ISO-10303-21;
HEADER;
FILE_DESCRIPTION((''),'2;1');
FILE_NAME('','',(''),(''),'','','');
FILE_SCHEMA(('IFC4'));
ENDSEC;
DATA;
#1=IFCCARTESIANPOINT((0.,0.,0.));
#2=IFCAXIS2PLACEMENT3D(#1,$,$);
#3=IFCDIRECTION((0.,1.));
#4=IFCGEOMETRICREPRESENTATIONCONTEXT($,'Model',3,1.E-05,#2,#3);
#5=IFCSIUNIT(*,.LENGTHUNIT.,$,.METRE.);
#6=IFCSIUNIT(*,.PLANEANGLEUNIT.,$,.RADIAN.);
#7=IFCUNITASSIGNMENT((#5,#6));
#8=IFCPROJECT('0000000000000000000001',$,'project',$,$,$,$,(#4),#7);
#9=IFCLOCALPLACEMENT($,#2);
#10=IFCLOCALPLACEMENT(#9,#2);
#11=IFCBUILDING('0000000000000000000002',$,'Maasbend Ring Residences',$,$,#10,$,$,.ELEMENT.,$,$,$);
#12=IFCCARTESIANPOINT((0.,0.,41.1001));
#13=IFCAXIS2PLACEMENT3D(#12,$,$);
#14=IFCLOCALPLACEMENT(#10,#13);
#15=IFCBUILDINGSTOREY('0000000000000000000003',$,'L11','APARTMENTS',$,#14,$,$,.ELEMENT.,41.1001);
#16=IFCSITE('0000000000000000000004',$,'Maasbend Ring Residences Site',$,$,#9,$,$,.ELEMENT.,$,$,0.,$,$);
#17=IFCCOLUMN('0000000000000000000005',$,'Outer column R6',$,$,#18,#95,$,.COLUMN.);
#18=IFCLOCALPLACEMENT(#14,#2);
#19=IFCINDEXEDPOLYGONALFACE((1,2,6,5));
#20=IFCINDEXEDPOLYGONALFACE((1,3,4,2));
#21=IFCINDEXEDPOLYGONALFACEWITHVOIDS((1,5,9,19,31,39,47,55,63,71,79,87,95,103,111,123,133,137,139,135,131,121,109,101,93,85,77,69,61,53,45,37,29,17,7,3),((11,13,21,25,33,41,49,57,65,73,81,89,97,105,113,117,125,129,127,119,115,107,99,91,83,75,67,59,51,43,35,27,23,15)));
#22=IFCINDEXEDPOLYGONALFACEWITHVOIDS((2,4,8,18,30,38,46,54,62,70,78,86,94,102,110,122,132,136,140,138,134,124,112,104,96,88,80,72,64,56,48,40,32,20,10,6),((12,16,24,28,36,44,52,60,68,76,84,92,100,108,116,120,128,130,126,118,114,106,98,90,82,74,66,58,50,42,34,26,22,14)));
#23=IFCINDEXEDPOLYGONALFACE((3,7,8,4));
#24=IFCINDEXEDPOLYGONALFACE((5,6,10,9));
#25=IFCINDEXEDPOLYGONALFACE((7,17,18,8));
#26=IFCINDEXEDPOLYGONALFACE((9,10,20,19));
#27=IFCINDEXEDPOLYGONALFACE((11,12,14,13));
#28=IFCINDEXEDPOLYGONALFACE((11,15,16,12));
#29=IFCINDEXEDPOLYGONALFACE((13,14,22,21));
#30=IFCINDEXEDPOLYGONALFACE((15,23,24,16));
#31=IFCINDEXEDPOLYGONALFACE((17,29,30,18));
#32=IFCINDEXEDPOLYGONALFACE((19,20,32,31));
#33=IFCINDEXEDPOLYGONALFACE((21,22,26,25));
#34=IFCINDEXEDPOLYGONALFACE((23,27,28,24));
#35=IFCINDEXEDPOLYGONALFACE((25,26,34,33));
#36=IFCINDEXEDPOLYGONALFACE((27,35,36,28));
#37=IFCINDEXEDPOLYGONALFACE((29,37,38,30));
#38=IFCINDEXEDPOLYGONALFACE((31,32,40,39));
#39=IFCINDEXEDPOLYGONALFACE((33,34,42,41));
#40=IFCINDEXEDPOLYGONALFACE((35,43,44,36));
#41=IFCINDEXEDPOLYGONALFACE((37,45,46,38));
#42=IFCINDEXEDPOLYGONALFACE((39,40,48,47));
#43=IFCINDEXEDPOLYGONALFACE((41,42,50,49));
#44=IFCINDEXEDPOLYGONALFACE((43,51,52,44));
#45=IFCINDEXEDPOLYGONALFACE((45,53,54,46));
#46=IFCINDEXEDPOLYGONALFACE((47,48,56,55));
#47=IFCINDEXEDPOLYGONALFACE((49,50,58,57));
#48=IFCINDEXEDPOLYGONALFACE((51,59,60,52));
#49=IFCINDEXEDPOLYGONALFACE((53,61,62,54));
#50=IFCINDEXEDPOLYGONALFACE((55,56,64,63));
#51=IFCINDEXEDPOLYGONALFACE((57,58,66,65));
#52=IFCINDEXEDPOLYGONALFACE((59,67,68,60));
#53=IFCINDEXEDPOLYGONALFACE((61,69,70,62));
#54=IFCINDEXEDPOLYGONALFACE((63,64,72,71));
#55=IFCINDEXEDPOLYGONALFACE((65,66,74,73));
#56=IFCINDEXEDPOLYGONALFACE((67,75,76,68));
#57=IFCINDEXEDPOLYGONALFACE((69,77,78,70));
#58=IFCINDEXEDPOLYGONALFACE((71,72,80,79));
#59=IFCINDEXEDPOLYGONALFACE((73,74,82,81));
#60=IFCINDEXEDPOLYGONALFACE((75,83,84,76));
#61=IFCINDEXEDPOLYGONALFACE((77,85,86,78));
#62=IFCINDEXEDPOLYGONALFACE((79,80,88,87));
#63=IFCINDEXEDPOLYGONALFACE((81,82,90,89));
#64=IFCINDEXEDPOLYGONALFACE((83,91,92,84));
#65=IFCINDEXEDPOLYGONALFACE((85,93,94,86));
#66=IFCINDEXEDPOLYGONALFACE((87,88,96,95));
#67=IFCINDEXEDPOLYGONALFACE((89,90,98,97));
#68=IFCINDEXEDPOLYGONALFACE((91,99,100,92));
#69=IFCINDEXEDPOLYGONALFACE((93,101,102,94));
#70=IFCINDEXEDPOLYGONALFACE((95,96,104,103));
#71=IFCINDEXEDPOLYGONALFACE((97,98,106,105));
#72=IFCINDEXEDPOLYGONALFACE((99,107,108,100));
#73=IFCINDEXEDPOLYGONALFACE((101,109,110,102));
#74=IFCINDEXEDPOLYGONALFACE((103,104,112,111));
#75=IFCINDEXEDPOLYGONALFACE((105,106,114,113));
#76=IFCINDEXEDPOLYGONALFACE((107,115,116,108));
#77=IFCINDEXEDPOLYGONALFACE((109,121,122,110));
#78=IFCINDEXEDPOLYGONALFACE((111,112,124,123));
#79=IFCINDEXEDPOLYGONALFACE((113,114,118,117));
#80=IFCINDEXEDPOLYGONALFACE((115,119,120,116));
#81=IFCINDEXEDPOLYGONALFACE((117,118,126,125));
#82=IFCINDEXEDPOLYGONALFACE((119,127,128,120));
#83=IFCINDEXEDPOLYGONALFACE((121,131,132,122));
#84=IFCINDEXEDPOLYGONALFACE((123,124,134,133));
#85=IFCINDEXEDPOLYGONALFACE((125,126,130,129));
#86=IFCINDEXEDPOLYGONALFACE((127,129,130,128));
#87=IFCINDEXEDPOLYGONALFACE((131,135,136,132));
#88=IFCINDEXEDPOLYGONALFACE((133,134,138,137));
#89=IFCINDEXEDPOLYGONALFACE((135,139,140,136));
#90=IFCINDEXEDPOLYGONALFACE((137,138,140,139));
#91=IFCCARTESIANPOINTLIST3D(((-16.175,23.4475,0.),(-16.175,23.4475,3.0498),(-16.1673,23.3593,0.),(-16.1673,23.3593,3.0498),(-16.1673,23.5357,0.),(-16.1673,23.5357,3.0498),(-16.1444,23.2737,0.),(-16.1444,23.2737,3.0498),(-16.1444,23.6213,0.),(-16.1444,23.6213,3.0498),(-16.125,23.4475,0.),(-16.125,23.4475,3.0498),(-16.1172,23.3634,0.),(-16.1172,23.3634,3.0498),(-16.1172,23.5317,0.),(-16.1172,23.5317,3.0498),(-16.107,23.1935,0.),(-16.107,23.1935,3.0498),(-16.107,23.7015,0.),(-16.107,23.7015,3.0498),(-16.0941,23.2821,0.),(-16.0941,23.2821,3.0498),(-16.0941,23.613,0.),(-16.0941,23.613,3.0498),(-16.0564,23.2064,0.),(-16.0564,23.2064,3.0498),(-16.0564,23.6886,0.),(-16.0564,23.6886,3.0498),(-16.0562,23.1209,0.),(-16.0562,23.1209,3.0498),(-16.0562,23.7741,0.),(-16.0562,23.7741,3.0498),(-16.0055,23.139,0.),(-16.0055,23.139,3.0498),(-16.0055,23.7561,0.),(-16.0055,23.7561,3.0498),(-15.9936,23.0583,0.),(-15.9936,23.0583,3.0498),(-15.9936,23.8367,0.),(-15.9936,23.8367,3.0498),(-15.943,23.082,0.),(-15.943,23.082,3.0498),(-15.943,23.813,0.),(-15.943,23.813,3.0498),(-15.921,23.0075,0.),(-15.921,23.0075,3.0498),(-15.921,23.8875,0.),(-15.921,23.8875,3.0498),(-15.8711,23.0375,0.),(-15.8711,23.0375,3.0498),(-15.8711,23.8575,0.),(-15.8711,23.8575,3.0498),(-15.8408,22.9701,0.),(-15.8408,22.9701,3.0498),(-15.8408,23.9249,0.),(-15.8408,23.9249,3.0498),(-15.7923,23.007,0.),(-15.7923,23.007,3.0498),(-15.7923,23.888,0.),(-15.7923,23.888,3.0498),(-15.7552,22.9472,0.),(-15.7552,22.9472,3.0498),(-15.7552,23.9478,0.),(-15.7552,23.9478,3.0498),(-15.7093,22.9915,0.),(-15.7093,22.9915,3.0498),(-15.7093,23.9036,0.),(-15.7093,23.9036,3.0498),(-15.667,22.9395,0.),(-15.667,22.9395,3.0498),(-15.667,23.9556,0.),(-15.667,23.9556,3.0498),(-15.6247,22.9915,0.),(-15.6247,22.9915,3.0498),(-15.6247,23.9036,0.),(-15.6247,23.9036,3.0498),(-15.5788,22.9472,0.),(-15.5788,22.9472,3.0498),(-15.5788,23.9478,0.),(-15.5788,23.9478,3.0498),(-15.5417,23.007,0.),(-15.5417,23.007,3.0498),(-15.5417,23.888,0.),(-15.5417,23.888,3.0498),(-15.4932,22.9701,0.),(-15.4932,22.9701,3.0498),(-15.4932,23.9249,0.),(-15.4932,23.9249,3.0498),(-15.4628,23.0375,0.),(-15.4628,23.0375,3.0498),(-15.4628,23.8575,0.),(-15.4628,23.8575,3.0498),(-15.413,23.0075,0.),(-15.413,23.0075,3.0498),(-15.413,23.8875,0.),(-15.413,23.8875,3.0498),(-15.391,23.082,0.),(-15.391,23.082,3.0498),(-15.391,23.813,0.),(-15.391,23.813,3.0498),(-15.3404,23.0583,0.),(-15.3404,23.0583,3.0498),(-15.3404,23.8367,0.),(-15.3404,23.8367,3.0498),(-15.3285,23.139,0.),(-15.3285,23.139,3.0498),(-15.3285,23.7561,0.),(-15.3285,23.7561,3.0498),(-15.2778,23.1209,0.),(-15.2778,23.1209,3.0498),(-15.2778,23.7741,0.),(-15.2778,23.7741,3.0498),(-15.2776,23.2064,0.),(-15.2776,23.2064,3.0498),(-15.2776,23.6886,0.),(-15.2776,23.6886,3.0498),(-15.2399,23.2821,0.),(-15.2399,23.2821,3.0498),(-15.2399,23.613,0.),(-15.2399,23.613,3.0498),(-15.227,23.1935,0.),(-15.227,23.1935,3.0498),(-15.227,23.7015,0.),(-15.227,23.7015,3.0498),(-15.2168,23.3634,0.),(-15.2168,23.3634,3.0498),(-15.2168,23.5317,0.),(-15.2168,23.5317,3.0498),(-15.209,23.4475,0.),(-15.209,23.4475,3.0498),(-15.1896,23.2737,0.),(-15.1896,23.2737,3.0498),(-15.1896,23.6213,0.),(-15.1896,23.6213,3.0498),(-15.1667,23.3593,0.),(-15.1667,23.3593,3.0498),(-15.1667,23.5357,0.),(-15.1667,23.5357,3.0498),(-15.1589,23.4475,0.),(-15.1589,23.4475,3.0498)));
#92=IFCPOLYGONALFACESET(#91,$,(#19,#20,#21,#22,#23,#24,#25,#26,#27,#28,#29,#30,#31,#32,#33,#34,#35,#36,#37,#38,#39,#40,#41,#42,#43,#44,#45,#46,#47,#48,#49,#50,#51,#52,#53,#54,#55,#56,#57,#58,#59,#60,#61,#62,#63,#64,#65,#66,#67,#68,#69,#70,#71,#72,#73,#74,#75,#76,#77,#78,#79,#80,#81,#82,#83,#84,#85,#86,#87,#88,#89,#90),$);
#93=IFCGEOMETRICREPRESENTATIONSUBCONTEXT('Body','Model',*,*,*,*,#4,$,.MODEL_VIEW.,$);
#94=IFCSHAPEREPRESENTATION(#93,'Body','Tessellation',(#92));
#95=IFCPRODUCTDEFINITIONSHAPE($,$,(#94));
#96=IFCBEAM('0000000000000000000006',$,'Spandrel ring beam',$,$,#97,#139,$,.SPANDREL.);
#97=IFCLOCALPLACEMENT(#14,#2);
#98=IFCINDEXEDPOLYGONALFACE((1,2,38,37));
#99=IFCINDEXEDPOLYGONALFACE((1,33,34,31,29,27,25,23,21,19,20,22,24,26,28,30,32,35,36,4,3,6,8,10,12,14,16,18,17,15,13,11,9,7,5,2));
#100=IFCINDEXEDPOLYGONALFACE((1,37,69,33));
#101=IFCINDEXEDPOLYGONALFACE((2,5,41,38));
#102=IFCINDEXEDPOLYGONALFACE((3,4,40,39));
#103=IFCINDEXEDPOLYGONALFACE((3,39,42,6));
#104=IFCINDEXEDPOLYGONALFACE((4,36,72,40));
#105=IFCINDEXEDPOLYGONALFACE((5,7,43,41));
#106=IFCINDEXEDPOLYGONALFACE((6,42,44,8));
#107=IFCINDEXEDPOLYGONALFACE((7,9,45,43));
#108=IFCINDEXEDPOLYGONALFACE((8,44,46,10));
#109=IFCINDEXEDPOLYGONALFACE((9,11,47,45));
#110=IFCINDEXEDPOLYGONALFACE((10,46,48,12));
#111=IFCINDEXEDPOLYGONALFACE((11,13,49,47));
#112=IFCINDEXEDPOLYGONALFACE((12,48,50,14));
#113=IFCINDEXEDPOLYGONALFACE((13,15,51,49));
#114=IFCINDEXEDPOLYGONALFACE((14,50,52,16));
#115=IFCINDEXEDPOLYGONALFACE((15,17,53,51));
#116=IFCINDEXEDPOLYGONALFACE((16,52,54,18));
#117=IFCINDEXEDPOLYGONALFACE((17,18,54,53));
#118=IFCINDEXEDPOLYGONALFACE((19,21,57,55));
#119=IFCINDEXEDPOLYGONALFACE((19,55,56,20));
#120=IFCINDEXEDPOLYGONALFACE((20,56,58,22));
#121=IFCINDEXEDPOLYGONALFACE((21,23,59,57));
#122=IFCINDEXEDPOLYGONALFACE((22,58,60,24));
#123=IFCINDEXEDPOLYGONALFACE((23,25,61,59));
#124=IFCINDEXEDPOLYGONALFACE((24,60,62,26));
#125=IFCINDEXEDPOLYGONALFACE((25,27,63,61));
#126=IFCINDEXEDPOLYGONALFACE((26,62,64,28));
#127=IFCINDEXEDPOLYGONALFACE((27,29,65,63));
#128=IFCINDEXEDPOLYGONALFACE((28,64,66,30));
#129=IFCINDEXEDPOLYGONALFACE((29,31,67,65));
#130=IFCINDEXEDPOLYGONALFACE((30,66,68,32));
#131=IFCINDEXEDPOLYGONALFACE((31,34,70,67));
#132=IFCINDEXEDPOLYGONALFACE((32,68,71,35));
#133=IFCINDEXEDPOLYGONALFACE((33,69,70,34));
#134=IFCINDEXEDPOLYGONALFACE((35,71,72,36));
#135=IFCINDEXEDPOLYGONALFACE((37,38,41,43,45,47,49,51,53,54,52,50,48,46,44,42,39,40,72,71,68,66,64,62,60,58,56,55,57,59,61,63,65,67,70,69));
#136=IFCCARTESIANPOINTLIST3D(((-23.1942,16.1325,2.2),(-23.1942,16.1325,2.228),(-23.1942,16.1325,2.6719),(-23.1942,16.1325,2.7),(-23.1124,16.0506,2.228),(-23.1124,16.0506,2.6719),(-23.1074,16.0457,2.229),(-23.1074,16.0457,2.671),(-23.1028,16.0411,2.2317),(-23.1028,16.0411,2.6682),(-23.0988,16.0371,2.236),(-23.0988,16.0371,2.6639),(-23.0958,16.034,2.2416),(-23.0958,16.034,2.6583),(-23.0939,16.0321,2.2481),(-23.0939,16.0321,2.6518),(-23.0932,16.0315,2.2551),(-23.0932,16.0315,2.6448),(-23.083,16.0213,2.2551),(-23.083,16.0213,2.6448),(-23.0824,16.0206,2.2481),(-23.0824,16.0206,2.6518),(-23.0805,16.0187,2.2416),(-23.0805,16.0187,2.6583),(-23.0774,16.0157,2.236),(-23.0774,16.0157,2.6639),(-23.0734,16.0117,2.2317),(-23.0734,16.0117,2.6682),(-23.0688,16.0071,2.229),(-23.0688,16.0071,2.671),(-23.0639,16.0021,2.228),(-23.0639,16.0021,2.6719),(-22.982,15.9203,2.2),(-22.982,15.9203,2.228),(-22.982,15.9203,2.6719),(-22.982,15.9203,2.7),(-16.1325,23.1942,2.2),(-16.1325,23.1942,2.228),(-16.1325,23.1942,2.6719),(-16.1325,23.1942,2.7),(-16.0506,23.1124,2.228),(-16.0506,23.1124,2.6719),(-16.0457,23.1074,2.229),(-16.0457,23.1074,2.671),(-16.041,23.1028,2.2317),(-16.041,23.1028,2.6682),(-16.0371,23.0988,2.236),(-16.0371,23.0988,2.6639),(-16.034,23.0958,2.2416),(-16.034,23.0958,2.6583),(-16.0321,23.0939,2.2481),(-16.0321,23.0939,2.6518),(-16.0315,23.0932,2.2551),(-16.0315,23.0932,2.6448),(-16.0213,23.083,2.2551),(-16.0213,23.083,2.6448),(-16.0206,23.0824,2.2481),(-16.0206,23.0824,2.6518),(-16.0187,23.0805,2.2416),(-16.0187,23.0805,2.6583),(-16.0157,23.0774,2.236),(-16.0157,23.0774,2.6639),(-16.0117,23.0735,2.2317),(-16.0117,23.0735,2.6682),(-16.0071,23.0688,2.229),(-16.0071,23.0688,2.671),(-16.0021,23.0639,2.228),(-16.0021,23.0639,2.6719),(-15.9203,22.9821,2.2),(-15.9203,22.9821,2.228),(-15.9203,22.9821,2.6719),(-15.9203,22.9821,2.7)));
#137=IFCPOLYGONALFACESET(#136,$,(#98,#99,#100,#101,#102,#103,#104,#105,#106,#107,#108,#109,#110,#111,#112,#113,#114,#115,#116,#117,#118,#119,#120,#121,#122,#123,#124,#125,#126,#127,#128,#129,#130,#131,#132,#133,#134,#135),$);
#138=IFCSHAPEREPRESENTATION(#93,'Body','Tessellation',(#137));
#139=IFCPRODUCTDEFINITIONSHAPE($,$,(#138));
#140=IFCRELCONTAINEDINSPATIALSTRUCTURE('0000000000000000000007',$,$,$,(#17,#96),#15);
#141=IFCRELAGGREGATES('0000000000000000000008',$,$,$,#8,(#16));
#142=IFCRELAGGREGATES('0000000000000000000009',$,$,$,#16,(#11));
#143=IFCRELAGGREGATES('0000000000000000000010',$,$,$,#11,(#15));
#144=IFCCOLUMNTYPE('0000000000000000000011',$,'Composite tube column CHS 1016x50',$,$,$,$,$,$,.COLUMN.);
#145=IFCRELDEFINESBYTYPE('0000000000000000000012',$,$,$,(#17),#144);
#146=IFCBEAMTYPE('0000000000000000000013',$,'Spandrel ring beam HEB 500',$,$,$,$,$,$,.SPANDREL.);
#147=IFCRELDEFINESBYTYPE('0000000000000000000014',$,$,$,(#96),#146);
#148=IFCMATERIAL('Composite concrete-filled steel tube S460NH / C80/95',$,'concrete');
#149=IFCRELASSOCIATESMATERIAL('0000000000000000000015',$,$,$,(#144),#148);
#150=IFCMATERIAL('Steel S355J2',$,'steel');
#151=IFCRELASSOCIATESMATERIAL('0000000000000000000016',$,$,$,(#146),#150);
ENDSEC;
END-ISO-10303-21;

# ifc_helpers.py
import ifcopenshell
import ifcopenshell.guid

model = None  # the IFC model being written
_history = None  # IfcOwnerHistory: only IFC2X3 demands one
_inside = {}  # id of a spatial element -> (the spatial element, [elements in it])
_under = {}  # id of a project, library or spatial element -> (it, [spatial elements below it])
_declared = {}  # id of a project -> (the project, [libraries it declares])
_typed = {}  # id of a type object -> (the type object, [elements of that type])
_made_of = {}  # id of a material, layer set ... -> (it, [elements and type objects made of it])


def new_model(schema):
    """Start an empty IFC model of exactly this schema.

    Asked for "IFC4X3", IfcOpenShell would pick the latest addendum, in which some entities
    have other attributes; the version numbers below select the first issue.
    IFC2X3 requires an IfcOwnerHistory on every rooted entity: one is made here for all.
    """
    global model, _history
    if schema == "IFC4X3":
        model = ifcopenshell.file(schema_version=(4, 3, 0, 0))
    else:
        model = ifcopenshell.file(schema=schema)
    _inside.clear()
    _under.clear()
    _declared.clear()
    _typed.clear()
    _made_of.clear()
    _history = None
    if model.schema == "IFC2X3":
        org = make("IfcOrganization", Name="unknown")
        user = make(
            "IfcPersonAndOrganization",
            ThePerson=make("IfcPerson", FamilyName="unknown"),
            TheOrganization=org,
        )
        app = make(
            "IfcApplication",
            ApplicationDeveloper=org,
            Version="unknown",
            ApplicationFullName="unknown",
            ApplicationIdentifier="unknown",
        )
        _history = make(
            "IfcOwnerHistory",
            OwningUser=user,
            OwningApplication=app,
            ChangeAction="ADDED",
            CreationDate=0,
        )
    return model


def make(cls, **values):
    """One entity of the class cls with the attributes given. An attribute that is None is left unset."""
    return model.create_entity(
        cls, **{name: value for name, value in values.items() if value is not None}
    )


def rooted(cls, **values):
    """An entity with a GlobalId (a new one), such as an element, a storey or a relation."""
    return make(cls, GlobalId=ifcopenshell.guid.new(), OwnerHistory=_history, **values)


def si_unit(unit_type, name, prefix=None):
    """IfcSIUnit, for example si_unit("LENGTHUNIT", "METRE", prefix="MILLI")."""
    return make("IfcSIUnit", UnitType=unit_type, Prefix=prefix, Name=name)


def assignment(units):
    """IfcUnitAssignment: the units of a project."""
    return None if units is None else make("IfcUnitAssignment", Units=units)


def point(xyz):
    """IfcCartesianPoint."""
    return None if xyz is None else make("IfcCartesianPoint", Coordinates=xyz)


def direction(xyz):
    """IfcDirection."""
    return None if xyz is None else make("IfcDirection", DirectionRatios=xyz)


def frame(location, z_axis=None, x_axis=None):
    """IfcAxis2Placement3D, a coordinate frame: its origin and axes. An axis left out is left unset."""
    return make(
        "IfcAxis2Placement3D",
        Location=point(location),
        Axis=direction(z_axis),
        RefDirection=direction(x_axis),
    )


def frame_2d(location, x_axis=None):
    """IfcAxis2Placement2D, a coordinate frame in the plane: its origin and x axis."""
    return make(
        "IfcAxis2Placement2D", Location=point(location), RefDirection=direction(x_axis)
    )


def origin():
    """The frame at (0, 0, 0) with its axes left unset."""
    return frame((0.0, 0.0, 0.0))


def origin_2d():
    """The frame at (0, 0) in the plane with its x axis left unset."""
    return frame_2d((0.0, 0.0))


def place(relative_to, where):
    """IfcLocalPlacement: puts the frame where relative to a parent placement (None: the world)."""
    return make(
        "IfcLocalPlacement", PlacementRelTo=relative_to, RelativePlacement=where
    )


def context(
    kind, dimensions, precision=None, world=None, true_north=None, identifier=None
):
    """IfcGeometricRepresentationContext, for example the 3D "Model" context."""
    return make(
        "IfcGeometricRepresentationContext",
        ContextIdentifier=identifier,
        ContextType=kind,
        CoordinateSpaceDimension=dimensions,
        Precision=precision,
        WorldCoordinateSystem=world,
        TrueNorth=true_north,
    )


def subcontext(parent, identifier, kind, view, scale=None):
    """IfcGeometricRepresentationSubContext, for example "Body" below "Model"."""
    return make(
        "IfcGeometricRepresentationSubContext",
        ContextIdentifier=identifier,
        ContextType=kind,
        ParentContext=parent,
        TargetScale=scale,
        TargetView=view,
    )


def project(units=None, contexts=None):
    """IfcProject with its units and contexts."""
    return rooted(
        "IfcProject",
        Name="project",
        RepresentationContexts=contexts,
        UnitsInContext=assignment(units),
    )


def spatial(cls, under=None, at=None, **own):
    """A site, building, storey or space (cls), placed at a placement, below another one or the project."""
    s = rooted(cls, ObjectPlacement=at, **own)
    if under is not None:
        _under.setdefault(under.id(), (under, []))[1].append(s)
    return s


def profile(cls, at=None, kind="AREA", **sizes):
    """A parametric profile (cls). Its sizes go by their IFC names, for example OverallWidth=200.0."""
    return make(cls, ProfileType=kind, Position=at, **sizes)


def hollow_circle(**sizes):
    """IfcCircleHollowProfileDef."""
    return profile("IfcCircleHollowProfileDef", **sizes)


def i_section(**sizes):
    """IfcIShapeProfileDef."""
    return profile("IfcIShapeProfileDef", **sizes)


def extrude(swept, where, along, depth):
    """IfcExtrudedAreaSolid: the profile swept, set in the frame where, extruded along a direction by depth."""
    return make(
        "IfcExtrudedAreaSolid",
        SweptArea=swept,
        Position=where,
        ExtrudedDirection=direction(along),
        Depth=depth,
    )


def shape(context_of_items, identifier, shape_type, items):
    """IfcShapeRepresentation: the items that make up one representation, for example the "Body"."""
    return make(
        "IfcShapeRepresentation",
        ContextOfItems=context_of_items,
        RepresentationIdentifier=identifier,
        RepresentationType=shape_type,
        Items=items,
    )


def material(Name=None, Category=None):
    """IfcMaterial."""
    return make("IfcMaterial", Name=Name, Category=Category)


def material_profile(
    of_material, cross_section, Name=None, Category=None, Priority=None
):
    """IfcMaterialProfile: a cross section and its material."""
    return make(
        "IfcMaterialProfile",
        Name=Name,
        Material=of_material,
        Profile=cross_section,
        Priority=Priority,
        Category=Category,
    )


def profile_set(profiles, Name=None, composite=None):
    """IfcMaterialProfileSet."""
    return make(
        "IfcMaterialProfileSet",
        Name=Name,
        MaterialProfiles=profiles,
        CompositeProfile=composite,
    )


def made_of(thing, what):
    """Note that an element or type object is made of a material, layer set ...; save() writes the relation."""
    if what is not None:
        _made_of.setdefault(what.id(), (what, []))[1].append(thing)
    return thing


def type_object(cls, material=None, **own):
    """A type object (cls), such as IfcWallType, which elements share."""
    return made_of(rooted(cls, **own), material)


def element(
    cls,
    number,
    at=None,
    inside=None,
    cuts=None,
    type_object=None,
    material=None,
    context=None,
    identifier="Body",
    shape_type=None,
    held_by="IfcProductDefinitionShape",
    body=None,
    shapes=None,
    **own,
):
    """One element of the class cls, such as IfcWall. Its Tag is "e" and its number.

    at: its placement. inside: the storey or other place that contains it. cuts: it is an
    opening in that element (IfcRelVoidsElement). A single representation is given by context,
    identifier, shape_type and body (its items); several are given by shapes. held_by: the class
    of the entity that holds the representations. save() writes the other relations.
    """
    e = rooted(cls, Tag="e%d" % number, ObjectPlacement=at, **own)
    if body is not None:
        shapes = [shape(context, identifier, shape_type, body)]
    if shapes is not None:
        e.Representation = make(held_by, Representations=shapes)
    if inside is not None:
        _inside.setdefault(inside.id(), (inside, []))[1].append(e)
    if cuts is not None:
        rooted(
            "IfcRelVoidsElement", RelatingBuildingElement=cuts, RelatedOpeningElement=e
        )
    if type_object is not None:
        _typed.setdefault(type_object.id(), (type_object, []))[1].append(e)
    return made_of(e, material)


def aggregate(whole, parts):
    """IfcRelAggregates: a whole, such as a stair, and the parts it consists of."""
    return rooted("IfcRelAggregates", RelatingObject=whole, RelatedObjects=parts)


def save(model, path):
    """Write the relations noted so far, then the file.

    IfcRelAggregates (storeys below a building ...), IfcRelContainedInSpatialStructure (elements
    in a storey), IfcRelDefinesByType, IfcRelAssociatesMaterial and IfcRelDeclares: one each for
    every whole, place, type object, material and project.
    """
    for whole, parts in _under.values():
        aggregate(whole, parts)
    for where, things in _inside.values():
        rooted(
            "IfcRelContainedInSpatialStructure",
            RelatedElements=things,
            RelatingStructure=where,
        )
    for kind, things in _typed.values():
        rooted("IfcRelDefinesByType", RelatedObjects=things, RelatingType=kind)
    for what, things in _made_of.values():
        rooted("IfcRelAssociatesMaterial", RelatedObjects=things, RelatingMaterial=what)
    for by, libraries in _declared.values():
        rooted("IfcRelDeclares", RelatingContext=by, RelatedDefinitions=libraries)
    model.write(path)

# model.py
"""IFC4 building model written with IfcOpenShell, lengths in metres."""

from ifc_helpers import new_model, si_unit, direction, frame, origin, origin_2d, place, context, subcontext, project, spatial, hollow_circle, i_section, extrude, material, material_profile, profile_set, type_object, element, save


model = new_model("IFC4")

# Units and contexts
model_context = context("Model", 3, precision=1e-05, world=origin(), true_north=direction((0.0, 1.0)))
body_context = subcontext(model_context, "Body", "Model", "MODEL_VIEW")
ifc_project = project(units=[si_unit("LENGTHUNIT", "METRE"), si_unit("PLANEANGLEUNIT", "RADIAN")], contexts=[model_context])

# Site, building, storey
site_placement = place(None, origin())
site = spatial("IfcSite", under=ifc_project, at=site_placement, Name="Maasbend Ring Residences Site", CompositionType="ELEMENT", RefElevation=0.0)
building_placement = place(site_placement, origin())
building = spatial("IfcBuilding", under=site, at=building_placement, Name="Maasbend Ring Residences", CompositionType="ELEMENT")
storey_placement = place(building_placement, frame((0.0, 0.0, 41.1001)))
storey = spatial("IfcBuildingStorey", under=building, at=storey_placement, Name="L11", Description="APARTMENTS", CompositionType="ELEMENT", Elevation=41.1001)

# Column
ifc_material_1 = material(Name="Composite concrete-filled steel tube S460NH / C80/95", Category="concrete")
ifc_material_profile_1 = material_profile(ifc_material_1, hollow_circle(Radius=0.5081, WallThickness=0.05, at=origin_2d()), Name="Composite tube column CHS 1016x50")
ifc_profile_set_1 = profile_set([ifc_material_profile_1], Name="Composite concrete-filled steel tube S460NH / C80/95")
column_type = type_object("IfcColumnType", Name="Composite tube column CHS 1016x50", PredefinedType="COLUMN", material=ifc_profile_set_1)
column_placement = place(storey_placement, frame((-15.667, 23.4475, 0.0), z_axis=(0.0, 0.0, 1.0), x_axis=(1.0, 0.0, 0.0)))
element("IfcColumn", 1, at=column_placement, inside=storey, type_object=column_type, Name="Outer column R6", PredefinedType="COLUMN", context=body_context, shape_type="SweptSolid", body=[
    extrude(hollow_circle(Radius=0.5081, WallThickness=0.05, at=origin_2d()), origin(), (0.0, 0.0, 1.0), 3.0498),
])

# Beam
ifc_material_2 = material(Name="Steel S355J2", Category="steel")
ifc_material_profile_2 = material_profile(ifc_material_2, i_section(OverallWidth=0.3, OverallDepth=0.5, WebThickness=0.0144, FlangeThickness=0.0281, FilletRadius=0.0271, at=origin_2d()), Name="HEB 500")
ifc_profile_set_2 = profile_set([ifc_material_profile_2], Name="Steel S355J2")
beam_type = type_object("IfcBeamType", Name="Spandrel ring beam HEB 500", PredefinedType="SPANDREL", material=ifc_profile_set_2)
beam_placement = place(storey_placement, frame((-16.0264, 23.0881, 2.45), z_axis=(-0.707107, -0.707107, 0.0), x_axis=(0.707107, -0.707107, 0.0)))
element("IfcBeam", 2, at=beam_placement, inside=storey, type_object=beam_type, Name="Spandrel ring beam", PredefinedType="SPANDREL", context=body_context, shape_type="SweptSolid", body=[
    extrude(i_section(OverallWidth=0.3, OverallDepth=0.5, WebThickness=0.0144, FlangeThickness=0.0281, FilletRadius=0.0271, at=origin_2d()), origin(), (0.0, 0.0, 1.0), 9.9868),
])

save(model, "model.ifc")
